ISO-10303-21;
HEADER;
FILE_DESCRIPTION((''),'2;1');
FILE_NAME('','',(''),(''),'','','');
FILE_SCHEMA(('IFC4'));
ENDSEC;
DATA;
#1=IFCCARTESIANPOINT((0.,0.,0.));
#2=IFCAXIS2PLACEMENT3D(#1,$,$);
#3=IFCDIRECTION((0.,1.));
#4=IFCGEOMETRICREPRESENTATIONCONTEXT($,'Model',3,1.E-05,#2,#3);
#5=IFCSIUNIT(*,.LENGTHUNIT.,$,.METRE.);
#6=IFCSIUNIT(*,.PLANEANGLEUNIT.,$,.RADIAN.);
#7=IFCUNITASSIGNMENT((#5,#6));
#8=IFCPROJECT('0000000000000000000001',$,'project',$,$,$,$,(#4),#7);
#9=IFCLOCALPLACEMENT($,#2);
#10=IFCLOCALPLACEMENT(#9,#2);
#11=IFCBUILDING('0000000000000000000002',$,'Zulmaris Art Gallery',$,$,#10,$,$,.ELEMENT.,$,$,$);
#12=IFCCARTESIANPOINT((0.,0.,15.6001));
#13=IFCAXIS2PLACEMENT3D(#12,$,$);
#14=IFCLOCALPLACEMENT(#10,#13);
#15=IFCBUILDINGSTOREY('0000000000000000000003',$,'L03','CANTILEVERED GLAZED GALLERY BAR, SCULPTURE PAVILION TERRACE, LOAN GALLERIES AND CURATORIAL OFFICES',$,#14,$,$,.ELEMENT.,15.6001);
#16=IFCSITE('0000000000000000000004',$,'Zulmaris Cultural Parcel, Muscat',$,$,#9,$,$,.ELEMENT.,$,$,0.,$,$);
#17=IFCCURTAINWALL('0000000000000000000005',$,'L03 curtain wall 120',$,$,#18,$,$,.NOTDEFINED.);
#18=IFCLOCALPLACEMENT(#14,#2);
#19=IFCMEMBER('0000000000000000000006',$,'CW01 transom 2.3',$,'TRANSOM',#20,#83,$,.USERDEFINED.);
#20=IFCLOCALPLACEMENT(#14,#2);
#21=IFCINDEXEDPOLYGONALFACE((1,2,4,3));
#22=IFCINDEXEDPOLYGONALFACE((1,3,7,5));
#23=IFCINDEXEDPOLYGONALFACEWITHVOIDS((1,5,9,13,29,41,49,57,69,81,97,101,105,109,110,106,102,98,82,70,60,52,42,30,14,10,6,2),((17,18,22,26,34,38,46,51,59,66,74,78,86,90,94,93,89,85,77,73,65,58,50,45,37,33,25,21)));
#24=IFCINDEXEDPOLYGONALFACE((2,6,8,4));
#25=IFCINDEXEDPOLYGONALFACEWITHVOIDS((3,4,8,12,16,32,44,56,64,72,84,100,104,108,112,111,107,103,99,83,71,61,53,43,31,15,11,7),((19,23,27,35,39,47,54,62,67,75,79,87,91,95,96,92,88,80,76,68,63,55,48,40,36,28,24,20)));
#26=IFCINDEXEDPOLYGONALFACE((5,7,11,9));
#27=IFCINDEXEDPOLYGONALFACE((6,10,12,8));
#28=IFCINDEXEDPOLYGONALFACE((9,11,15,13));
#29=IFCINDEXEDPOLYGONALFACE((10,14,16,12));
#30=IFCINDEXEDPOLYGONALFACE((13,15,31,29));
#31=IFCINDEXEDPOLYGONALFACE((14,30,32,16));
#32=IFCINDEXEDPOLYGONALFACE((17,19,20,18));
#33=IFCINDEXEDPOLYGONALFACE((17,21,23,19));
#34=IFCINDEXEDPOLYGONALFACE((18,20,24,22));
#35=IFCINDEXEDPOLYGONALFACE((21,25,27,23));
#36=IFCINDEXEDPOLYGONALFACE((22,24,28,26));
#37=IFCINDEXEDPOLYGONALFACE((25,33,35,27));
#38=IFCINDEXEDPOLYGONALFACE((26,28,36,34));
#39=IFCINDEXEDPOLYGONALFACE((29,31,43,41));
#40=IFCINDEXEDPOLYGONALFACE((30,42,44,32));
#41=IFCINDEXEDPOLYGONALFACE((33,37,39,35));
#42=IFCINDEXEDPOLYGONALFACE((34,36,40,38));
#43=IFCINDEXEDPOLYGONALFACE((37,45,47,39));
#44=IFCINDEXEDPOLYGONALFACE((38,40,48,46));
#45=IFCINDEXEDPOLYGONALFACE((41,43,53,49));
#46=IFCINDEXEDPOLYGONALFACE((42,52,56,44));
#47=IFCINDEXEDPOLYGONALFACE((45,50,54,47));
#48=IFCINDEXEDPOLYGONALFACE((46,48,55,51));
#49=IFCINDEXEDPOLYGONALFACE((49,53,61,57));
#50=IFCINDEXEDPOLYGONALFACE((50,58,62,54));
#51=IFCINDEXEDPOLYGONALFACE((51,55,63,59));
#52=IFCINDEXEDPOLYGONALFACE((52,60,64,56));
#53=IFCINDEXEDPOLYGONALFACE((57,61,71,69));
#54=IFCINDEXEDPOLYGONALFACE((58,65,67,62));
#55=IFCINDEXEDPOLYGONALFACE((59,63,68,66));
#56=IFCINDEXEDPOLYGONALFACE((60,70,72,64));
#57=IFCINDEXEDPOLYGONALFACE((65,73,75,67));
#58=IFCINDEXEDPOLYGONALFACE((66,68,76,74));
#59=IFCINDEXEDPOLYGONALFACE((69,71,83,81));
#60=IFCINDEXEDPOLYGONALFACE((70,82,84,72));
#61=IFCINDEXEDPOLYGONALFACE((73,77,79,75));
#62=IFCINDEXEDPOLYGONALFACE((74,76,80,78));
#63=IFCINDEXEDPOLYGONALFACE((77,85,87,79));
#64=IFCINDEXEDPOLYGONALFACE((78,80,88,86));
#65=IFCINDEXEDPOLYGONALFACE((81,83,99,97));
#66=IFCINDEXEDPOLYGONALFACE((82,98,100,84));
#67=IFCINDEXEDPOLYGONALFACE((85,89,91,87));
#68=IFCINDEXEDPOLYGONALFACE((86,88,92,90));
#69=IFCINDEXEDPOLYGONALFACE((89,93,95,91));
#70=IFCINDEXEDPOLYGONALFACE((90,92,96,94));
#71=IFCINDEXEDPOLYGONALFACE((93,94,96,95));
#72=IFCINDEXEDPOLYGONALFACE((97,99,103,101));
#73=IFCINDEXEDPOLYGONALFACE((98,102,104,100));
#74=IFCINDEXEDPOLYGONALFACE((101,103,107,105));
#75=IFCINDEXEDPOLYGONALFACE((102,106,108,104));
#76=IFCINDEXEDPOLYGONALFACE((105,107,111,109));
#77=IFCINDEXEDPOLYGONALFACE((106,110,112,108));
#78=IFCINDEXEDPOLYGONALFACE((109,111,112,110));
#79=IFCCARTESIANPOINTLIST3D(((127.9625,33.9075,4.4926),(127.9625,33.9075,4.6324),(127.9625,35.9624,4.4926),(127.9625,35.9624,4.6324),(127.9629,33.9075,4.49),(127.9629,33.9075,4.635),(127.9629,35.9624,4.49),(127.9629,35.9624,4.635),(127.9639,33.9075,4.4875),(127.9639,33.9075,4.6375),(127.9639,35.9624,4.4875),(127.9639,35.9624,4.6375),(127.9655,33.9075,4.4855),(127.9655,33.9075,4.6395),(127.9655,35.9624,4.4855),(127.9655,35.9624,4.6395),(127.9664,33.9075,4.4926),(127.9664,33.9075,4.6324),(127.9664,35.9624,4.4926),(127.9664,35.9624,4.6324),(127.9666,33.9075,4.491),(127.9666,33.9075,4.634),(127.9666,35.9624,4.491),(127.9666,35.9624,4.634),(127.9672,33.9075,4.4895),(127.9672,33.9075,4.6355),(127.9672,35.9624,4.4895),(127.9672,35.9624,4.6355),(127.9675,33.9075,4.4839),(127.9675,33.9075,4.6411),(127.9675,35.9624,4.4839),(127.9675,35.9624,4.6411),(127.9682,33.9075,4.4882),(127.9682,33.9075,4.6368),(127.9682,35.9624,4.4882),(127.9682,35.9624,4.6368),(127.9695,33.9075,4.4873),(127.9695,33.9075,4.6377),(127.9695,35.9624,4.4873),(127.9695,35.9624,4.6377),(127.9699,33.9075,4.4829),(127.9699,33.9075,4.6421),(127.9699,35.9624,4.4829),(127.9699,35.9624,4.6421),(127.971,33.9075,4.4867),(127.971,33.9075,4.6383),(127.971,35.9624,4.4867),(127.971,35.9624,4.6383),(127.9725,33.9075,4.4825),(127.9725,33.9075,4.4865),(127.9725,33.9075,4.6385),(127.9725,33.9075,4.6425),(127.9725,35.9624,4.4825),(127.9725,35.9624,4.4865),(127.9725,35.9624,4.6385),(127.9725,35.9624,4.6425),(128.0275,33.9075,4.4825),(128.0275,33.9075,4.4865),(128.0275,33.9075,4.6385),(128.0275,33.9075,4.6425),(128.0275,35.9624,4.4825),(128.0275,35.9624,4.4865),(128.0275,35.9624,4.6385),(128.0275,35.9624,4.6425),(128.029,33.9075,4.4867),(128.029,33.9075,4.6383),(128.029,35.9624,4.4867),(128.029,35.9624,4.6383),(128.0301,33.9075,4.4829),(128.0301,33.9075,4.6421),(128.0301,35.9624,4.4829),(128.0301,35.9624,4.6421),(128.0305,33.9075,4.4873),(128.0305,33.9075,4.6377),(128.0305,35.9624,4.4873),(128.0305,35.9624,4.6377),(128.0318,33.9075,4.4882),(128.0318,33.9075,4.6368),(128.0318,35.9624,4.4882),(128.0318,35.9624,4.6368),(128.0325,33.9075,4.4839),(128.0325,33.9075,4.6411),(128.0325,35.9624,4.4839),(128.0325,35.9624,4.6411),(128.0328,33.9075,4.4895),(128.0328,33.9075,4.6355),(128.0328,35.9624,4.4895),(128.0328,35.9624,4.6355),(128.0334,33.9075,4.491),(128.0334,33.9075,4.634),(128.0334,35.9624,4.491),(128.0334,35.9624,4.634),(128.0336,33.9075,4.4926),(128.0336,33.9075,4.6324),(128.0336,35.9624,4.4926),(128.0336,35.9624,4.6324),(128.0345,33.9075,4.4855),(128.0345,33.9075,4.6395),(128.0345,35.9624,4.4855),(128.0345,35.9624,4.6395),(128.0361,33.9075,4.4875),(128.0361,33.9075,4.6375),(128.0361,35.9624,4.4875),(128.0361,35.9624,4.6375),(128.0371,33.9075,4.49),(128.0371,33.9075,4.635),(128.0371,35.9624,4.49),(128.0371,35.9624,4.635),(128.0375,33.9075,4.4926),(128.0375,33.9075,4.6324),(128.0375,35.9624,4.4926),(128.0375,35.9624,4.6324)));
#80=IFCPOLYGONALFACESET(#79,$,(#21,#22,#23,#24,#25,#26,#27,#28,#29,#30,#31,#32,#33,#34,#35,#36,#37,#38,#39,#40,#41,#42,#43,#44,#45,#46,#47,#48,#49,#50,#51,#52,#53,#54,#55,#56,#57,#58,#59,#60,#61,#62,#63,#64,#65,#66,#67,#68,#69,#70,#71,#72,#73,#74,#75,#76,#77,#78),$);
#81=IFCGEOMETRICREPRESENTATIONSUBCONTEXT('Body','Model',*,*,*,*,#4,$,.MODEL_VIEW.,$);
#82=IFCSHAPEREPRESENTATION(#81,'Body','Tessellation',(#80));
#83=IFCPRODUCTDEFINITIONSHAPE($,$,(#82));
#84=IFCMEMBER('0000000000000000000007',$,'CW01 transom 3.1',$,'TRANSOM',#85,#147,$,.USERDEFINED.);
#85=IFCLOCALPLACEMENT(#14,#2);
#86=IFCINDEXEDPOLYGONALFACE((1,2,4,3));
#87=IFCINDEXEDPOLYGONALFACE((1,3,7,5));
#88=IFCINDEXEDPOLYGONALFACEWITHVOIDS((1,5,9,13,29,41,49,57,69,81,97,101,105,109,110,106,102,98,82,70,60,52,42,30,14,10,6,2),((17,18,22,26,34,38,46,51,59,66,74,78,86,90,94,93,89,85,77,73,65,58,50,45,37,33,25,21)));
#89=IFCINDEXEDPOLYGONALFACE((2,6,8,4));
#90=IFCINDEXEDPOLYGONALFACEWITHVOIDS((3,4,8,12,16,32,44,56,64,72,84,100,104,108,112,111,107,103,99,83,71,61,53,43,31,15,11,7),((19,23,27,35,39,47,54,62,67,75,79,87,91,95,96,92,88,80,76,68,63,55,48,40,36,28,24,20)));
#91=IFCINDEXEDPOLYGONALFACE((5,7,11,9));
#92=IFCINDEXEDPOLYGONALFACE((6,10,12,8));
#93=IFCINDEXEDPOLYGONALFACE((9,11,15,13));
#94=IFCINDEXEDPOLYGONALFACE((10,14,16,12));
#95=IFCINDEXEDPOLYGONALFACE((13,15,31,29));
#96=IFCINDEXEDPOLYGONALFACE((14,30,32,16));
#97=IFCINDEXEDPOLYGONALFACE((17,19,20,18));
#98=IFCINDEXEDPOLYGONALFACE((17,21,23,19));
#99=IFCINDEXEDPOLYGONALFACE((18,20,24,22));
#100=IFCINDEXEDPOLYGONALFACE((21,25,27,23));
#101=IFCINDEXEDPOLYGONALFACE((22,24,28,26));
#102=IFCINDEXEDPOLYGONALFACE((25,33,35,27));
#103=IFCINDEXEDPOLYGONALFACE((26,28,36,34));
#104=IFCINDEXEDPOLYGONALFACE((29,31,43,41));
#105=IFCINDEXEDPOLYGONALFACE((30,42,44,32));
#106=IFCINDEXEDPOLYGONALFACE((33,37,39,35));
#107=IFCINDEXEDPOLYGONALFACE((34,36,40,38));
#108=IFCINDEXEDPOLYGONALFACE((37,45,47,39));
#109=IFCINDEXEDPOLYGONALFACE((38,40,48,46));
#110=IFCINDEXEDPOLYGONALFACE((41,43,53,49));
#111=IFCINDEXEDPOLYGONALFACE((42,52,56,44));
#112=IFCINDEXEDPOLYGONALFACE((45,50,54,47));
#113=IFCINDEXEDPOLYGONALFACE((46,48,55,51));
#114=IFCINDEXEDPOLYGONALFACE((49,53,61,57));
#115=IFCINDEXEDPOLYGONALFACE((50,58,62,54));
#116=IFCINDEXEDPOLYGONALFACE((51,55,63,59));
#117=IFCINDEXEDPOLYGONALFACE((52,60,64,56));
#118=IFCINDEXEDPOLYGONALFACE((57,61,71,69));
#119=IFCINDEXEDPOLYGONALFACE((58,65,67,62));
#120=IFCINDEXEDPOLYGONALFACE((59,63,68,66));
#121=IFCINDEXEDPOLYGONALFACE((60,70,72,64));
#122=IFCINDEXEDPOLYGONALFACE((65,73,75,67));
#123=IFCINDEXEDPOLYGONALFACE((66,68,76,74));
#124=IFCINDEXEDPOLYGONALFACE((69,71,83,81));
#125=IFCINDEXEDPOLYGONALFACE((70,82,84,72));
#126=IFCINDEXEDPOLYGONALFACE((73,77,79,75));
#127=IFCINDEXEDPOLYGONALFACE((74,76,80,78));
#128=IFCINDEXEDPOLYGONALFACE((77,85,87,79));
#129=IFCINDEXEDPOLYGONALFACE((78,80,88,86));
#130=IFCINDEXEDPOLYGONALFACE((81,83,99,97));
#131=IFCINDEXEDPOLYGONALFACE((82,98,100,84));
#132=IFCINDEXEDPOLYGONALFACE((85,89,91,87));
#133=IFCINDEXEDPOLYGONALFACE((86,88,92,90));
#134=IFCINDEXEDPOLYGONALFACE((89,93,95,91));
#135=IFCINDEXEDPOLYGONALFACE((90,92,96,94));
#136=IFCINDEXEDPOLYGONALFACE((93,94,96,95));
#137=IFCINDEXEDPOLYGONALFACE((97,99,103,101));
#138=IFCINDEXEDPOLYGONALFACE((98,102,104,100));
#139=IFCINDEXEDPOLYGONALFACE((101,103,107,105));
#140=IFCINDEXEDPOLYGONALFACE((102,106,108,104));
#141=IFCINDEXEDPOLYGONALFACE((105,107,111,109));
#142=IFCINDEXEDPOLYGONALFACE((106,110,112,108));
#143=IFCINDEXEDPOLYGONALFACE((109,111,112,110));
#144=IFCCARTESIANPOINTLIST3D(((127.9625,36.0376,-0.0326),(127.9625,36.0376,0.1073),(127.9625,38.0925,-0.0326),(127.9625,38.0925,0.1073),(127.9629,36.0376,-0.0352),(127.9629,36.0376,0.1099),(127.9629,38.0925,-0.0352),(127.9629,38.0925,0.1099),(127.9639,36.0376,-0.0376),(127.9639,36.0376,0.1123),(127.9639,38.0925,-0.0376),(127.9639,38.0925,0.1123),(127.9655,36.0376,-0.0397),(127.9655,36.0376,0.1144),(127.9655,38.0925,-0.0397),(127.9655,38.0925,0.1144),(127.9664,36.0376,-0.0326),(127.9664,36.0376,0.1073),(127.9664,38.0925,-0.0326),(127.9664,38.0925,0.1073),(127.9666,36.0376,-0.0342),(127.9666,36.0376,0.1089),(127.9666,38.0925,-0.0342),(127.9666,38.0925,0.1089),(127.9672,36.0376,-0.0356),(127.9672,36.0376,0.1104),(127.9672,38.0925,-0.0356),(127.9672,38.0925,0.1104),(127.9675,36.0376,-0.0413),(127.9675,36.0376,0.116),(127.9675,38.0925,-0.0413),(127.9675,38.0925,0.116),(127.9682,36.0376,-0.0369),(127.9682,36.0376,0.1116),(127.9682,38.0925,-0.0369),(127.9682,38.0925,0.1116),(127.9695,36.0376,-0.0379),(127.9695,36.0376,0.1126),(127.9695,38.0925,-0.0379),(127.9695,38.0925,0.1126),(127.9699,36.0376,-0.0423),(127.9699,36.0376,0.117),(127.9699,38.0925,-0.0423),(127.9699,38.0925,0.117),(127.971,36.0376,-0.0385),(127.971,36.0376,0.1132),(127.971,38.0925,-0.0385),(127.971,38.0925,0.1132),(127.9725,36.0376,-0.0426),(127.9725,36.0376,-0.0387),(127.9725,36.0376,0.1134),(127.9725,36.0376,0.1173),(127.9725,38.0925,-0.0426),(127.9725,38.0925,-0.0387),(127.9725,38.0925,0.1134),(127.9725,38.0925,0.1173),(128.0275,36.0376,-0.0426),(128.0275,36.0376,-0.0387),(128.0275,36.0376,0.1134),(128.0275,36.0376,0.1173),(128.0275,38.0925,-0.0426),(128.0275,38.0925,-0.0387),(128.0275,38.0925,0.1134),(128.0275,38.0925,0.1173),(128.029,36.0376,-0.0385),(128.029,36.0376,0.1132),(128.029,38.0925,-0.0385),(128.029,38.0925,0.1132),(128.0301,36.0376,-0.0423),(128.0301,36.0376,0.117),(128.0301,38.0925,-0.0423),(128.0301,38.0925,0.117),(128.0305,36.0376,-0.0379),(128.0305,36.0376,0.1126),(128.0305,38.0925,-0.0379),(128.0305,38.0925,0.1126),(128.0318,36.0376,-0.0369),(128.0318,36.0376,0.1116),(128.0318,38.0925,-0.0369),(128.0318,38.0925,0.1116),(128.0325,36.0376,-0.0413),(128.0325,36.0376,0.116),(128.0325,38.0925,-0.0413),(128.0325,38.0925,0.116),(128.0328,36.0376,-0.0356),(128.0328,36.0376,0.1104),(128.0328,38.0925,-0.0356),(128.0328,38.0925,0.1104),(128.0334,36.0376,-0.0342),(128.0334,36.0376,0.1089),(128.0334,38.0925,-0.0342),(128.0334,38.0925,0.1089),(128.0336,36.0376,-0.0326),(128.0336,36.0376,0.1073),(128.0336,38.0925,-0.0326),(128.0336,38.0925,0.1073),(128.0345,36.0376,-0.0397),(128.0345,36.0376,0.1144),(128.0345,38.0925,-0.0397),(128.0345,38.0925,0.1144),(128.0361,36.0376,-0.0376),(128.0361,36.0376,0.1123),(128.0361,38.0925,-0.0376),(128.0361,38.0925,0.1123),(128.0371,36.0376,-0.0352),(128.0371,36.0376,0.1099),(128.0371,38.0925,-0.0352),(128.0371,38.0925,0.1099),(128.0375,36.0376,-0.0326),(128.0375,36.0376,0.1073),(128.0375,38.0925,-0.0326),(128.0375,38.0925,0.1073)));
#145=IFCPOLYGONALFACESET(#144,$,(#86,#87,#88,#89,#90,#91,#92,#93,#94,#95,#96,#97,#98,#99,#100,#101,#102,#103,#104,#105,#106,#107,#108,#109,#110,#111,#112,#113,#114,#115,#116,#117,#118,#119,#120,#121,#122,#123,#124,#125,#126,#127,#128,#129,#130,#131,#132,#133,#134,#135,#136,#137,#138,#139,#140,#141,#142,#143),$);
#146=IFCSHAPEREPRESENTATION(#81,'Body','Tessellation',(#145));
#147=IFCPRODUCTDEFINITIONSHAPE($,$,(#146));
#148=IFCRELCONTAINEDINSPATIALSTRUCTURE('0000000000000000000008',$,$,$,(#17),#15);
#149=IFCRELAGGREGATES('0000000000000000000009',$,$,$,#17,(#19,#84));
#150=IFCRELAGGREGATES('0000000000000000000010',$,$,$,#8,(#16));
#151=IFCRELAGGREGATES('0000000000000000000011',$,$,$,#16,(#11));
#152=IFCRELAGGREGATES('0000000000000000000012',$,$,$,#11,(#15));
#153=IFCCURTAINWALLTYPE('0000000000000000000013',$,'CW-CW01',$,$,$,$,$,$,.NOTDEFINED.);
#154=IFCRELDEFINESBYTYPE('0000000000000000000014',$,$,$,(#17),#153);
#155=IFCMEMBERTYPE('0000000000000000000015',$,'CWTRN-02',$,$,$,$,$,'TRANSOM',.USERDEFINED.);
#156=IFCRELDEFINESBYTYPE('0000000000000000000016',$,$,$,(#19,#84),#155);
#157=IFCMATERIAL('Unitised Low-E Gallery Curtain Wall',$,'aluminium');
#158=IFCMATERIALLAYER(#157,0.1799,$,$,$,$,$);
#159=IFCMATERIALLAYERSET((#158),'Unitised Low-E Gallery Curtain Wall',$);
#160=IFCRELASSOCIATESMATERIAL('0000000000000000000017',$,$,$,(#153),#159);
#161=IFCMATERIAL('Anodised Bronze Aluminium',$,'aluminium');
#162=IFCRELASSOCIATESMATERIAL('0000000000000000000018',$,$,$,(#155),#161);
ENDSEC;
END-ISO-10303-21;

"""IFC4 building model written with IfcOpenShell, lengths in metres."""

from ifc_helpers import new_model, si_unit, direction, frame, origin, origin_2d, place, context, subcontext, project, spatial, hollow_rectangle, extrude, material, layer, layer_set, material_profile, profile_set, type_object, element, aggregate, save


model = new_model("IFC4")

# Units and contexts
model_context = context("Model", 3, precision=1e-05, world=origin(), true_north=direction((0.0, 1.0)))
body_context = subcontext(model_context, "Body", "Model", "MODEL_VIEW")
ifc_project = project(units=[si_unit("LENGTHUNIT", "METRE"), si_unit("PLANEANGLEUNIT", "RADIAN")], contexts=[model_context])

# Site, building, storey
site_placement = place(None, origin())
site = spatial("IfcSite", under=ifc_project, at=site_placement, Name="Zulmaris Cultural Parcel, Muscat", CompositionType="ELEMENT", RefElevation=0.0)
building_placement = place(site_placement, origin())
building = spatial("IfcBuilding", under=site, at=building_placement, Name="Zulmaris Art Gallery", CompositionType="ELEMENT")
storey_placement = place(building_placement, frame((0.0, 0.0, 15.6001)))
storey = spatial("IfcBuildingStorey", under=building, at=storey_placement, Name="L03", Description="CANTILEVERED GLAZED GALLERY BAR, SCULPTURE PAVILION TERRACE, LOAN GALLERIES AND CURATORIAL OFFICES", CompositionType="ELEMENT", Elevation=15.6001)

# Curtain wall, members
ifc_material_1 = material(Name="Unitised Low-E Gallery Curtain Wall", Category="aluminium")
ifc_layer_1 = layer(ifc_material_1, 0.1799)
ifc_layer_set_1 = layer_set([ifc_layer_1], Name="Unitised Low-E Gallery Curtain Wall")
curtain_wall_type = type_object("IfcCurtainWallType", Name="CW-CW01", PredefinedType="NOTDEFINED", material=ifc_layer_set_1)
curtain_wall_placement = place(storey_placement, origin())
curtain_wall = element("IfcCurtainWall", 1, at=curtain_wall_placement, inside=storey, type_object=curtain_wall_type, Name="L03 curtain wall 120", PredefinedType="NOTDEFINED")
ifc_material_2 = material(Name="Anodised Bronze Aluminium", Category="aluminium")
ifc_material_profile_1 = material_profile(ifc_material_2, hollow_rectangle(XDim=0.075, YDim=0.1599, WallThickness=0.0039, InnerFilletRadius=0.0061, OuterFilletRadius=0.01, at=origin_2d()), Name="ALU 75x160x4")
ifc_profile_set_1 = profile_set([ifc_material_profile_1], Name="Anodised Bronze Aluminium")
member_type_1 = type_object("IfcMemberType", Name="CWTRN-02", ElementType="TRANSOM", PredefinedType="USERDEFINED", material=ifc_profile_set_1)
member_1_placement = place(storey_placement, frame((128.0, 33.9075, 4.5625), z_axis=(0.0, 1.0, 0.0), x_axis=(-1.0, 0.0, 0.0)))
member_1 = element("IfcMember", 2, at=member_1_placement, type_object=member_type_1, Name="CW01 transom 2.3", ObjectType="TRANSOM", PredefinedType="USERDEFINED", context=body_context, shape_type="SweptSolid", body=[
    extrude(hollow_rectangle(XDim=0.075, YDim=0.1599, WallThickness=0.0039, InnerFilletRadius=0.0061, OuterFilletRadius=0.01, at=origin_2d()), origin(), (0.0, 0.0, 1.0), 2.0549),
])
member_2_placement = place(storey_placement, frame((128.0, 36.0376, 0.0374), z_axis=(0.0, 1.0, 0.0), x_axis=(-1.0, 0.0, 0.0)))
member_2 = element("IfcMember", 3, at=member_2_placement, type_object=member_type_1, Name="CW01 transom 3.1", ObjectType="TRANSOM", PredefinedType="USERDEFINED", context=body_context, shape_type="SweptSolid", body=[
    extrude(hollow_rectangle(XDim=0.075, YDim=0.1599, WallThickness=0.0039, InnerFilletRadius=0.0061, OuterFilletRadius=0.01, at=origin_2d()), origin(), (0.0, 0.0, 1.0), 2.0549),
])
aggregate(curtain_wall, [member_1, member_2])

save(model, "model.ifc")
